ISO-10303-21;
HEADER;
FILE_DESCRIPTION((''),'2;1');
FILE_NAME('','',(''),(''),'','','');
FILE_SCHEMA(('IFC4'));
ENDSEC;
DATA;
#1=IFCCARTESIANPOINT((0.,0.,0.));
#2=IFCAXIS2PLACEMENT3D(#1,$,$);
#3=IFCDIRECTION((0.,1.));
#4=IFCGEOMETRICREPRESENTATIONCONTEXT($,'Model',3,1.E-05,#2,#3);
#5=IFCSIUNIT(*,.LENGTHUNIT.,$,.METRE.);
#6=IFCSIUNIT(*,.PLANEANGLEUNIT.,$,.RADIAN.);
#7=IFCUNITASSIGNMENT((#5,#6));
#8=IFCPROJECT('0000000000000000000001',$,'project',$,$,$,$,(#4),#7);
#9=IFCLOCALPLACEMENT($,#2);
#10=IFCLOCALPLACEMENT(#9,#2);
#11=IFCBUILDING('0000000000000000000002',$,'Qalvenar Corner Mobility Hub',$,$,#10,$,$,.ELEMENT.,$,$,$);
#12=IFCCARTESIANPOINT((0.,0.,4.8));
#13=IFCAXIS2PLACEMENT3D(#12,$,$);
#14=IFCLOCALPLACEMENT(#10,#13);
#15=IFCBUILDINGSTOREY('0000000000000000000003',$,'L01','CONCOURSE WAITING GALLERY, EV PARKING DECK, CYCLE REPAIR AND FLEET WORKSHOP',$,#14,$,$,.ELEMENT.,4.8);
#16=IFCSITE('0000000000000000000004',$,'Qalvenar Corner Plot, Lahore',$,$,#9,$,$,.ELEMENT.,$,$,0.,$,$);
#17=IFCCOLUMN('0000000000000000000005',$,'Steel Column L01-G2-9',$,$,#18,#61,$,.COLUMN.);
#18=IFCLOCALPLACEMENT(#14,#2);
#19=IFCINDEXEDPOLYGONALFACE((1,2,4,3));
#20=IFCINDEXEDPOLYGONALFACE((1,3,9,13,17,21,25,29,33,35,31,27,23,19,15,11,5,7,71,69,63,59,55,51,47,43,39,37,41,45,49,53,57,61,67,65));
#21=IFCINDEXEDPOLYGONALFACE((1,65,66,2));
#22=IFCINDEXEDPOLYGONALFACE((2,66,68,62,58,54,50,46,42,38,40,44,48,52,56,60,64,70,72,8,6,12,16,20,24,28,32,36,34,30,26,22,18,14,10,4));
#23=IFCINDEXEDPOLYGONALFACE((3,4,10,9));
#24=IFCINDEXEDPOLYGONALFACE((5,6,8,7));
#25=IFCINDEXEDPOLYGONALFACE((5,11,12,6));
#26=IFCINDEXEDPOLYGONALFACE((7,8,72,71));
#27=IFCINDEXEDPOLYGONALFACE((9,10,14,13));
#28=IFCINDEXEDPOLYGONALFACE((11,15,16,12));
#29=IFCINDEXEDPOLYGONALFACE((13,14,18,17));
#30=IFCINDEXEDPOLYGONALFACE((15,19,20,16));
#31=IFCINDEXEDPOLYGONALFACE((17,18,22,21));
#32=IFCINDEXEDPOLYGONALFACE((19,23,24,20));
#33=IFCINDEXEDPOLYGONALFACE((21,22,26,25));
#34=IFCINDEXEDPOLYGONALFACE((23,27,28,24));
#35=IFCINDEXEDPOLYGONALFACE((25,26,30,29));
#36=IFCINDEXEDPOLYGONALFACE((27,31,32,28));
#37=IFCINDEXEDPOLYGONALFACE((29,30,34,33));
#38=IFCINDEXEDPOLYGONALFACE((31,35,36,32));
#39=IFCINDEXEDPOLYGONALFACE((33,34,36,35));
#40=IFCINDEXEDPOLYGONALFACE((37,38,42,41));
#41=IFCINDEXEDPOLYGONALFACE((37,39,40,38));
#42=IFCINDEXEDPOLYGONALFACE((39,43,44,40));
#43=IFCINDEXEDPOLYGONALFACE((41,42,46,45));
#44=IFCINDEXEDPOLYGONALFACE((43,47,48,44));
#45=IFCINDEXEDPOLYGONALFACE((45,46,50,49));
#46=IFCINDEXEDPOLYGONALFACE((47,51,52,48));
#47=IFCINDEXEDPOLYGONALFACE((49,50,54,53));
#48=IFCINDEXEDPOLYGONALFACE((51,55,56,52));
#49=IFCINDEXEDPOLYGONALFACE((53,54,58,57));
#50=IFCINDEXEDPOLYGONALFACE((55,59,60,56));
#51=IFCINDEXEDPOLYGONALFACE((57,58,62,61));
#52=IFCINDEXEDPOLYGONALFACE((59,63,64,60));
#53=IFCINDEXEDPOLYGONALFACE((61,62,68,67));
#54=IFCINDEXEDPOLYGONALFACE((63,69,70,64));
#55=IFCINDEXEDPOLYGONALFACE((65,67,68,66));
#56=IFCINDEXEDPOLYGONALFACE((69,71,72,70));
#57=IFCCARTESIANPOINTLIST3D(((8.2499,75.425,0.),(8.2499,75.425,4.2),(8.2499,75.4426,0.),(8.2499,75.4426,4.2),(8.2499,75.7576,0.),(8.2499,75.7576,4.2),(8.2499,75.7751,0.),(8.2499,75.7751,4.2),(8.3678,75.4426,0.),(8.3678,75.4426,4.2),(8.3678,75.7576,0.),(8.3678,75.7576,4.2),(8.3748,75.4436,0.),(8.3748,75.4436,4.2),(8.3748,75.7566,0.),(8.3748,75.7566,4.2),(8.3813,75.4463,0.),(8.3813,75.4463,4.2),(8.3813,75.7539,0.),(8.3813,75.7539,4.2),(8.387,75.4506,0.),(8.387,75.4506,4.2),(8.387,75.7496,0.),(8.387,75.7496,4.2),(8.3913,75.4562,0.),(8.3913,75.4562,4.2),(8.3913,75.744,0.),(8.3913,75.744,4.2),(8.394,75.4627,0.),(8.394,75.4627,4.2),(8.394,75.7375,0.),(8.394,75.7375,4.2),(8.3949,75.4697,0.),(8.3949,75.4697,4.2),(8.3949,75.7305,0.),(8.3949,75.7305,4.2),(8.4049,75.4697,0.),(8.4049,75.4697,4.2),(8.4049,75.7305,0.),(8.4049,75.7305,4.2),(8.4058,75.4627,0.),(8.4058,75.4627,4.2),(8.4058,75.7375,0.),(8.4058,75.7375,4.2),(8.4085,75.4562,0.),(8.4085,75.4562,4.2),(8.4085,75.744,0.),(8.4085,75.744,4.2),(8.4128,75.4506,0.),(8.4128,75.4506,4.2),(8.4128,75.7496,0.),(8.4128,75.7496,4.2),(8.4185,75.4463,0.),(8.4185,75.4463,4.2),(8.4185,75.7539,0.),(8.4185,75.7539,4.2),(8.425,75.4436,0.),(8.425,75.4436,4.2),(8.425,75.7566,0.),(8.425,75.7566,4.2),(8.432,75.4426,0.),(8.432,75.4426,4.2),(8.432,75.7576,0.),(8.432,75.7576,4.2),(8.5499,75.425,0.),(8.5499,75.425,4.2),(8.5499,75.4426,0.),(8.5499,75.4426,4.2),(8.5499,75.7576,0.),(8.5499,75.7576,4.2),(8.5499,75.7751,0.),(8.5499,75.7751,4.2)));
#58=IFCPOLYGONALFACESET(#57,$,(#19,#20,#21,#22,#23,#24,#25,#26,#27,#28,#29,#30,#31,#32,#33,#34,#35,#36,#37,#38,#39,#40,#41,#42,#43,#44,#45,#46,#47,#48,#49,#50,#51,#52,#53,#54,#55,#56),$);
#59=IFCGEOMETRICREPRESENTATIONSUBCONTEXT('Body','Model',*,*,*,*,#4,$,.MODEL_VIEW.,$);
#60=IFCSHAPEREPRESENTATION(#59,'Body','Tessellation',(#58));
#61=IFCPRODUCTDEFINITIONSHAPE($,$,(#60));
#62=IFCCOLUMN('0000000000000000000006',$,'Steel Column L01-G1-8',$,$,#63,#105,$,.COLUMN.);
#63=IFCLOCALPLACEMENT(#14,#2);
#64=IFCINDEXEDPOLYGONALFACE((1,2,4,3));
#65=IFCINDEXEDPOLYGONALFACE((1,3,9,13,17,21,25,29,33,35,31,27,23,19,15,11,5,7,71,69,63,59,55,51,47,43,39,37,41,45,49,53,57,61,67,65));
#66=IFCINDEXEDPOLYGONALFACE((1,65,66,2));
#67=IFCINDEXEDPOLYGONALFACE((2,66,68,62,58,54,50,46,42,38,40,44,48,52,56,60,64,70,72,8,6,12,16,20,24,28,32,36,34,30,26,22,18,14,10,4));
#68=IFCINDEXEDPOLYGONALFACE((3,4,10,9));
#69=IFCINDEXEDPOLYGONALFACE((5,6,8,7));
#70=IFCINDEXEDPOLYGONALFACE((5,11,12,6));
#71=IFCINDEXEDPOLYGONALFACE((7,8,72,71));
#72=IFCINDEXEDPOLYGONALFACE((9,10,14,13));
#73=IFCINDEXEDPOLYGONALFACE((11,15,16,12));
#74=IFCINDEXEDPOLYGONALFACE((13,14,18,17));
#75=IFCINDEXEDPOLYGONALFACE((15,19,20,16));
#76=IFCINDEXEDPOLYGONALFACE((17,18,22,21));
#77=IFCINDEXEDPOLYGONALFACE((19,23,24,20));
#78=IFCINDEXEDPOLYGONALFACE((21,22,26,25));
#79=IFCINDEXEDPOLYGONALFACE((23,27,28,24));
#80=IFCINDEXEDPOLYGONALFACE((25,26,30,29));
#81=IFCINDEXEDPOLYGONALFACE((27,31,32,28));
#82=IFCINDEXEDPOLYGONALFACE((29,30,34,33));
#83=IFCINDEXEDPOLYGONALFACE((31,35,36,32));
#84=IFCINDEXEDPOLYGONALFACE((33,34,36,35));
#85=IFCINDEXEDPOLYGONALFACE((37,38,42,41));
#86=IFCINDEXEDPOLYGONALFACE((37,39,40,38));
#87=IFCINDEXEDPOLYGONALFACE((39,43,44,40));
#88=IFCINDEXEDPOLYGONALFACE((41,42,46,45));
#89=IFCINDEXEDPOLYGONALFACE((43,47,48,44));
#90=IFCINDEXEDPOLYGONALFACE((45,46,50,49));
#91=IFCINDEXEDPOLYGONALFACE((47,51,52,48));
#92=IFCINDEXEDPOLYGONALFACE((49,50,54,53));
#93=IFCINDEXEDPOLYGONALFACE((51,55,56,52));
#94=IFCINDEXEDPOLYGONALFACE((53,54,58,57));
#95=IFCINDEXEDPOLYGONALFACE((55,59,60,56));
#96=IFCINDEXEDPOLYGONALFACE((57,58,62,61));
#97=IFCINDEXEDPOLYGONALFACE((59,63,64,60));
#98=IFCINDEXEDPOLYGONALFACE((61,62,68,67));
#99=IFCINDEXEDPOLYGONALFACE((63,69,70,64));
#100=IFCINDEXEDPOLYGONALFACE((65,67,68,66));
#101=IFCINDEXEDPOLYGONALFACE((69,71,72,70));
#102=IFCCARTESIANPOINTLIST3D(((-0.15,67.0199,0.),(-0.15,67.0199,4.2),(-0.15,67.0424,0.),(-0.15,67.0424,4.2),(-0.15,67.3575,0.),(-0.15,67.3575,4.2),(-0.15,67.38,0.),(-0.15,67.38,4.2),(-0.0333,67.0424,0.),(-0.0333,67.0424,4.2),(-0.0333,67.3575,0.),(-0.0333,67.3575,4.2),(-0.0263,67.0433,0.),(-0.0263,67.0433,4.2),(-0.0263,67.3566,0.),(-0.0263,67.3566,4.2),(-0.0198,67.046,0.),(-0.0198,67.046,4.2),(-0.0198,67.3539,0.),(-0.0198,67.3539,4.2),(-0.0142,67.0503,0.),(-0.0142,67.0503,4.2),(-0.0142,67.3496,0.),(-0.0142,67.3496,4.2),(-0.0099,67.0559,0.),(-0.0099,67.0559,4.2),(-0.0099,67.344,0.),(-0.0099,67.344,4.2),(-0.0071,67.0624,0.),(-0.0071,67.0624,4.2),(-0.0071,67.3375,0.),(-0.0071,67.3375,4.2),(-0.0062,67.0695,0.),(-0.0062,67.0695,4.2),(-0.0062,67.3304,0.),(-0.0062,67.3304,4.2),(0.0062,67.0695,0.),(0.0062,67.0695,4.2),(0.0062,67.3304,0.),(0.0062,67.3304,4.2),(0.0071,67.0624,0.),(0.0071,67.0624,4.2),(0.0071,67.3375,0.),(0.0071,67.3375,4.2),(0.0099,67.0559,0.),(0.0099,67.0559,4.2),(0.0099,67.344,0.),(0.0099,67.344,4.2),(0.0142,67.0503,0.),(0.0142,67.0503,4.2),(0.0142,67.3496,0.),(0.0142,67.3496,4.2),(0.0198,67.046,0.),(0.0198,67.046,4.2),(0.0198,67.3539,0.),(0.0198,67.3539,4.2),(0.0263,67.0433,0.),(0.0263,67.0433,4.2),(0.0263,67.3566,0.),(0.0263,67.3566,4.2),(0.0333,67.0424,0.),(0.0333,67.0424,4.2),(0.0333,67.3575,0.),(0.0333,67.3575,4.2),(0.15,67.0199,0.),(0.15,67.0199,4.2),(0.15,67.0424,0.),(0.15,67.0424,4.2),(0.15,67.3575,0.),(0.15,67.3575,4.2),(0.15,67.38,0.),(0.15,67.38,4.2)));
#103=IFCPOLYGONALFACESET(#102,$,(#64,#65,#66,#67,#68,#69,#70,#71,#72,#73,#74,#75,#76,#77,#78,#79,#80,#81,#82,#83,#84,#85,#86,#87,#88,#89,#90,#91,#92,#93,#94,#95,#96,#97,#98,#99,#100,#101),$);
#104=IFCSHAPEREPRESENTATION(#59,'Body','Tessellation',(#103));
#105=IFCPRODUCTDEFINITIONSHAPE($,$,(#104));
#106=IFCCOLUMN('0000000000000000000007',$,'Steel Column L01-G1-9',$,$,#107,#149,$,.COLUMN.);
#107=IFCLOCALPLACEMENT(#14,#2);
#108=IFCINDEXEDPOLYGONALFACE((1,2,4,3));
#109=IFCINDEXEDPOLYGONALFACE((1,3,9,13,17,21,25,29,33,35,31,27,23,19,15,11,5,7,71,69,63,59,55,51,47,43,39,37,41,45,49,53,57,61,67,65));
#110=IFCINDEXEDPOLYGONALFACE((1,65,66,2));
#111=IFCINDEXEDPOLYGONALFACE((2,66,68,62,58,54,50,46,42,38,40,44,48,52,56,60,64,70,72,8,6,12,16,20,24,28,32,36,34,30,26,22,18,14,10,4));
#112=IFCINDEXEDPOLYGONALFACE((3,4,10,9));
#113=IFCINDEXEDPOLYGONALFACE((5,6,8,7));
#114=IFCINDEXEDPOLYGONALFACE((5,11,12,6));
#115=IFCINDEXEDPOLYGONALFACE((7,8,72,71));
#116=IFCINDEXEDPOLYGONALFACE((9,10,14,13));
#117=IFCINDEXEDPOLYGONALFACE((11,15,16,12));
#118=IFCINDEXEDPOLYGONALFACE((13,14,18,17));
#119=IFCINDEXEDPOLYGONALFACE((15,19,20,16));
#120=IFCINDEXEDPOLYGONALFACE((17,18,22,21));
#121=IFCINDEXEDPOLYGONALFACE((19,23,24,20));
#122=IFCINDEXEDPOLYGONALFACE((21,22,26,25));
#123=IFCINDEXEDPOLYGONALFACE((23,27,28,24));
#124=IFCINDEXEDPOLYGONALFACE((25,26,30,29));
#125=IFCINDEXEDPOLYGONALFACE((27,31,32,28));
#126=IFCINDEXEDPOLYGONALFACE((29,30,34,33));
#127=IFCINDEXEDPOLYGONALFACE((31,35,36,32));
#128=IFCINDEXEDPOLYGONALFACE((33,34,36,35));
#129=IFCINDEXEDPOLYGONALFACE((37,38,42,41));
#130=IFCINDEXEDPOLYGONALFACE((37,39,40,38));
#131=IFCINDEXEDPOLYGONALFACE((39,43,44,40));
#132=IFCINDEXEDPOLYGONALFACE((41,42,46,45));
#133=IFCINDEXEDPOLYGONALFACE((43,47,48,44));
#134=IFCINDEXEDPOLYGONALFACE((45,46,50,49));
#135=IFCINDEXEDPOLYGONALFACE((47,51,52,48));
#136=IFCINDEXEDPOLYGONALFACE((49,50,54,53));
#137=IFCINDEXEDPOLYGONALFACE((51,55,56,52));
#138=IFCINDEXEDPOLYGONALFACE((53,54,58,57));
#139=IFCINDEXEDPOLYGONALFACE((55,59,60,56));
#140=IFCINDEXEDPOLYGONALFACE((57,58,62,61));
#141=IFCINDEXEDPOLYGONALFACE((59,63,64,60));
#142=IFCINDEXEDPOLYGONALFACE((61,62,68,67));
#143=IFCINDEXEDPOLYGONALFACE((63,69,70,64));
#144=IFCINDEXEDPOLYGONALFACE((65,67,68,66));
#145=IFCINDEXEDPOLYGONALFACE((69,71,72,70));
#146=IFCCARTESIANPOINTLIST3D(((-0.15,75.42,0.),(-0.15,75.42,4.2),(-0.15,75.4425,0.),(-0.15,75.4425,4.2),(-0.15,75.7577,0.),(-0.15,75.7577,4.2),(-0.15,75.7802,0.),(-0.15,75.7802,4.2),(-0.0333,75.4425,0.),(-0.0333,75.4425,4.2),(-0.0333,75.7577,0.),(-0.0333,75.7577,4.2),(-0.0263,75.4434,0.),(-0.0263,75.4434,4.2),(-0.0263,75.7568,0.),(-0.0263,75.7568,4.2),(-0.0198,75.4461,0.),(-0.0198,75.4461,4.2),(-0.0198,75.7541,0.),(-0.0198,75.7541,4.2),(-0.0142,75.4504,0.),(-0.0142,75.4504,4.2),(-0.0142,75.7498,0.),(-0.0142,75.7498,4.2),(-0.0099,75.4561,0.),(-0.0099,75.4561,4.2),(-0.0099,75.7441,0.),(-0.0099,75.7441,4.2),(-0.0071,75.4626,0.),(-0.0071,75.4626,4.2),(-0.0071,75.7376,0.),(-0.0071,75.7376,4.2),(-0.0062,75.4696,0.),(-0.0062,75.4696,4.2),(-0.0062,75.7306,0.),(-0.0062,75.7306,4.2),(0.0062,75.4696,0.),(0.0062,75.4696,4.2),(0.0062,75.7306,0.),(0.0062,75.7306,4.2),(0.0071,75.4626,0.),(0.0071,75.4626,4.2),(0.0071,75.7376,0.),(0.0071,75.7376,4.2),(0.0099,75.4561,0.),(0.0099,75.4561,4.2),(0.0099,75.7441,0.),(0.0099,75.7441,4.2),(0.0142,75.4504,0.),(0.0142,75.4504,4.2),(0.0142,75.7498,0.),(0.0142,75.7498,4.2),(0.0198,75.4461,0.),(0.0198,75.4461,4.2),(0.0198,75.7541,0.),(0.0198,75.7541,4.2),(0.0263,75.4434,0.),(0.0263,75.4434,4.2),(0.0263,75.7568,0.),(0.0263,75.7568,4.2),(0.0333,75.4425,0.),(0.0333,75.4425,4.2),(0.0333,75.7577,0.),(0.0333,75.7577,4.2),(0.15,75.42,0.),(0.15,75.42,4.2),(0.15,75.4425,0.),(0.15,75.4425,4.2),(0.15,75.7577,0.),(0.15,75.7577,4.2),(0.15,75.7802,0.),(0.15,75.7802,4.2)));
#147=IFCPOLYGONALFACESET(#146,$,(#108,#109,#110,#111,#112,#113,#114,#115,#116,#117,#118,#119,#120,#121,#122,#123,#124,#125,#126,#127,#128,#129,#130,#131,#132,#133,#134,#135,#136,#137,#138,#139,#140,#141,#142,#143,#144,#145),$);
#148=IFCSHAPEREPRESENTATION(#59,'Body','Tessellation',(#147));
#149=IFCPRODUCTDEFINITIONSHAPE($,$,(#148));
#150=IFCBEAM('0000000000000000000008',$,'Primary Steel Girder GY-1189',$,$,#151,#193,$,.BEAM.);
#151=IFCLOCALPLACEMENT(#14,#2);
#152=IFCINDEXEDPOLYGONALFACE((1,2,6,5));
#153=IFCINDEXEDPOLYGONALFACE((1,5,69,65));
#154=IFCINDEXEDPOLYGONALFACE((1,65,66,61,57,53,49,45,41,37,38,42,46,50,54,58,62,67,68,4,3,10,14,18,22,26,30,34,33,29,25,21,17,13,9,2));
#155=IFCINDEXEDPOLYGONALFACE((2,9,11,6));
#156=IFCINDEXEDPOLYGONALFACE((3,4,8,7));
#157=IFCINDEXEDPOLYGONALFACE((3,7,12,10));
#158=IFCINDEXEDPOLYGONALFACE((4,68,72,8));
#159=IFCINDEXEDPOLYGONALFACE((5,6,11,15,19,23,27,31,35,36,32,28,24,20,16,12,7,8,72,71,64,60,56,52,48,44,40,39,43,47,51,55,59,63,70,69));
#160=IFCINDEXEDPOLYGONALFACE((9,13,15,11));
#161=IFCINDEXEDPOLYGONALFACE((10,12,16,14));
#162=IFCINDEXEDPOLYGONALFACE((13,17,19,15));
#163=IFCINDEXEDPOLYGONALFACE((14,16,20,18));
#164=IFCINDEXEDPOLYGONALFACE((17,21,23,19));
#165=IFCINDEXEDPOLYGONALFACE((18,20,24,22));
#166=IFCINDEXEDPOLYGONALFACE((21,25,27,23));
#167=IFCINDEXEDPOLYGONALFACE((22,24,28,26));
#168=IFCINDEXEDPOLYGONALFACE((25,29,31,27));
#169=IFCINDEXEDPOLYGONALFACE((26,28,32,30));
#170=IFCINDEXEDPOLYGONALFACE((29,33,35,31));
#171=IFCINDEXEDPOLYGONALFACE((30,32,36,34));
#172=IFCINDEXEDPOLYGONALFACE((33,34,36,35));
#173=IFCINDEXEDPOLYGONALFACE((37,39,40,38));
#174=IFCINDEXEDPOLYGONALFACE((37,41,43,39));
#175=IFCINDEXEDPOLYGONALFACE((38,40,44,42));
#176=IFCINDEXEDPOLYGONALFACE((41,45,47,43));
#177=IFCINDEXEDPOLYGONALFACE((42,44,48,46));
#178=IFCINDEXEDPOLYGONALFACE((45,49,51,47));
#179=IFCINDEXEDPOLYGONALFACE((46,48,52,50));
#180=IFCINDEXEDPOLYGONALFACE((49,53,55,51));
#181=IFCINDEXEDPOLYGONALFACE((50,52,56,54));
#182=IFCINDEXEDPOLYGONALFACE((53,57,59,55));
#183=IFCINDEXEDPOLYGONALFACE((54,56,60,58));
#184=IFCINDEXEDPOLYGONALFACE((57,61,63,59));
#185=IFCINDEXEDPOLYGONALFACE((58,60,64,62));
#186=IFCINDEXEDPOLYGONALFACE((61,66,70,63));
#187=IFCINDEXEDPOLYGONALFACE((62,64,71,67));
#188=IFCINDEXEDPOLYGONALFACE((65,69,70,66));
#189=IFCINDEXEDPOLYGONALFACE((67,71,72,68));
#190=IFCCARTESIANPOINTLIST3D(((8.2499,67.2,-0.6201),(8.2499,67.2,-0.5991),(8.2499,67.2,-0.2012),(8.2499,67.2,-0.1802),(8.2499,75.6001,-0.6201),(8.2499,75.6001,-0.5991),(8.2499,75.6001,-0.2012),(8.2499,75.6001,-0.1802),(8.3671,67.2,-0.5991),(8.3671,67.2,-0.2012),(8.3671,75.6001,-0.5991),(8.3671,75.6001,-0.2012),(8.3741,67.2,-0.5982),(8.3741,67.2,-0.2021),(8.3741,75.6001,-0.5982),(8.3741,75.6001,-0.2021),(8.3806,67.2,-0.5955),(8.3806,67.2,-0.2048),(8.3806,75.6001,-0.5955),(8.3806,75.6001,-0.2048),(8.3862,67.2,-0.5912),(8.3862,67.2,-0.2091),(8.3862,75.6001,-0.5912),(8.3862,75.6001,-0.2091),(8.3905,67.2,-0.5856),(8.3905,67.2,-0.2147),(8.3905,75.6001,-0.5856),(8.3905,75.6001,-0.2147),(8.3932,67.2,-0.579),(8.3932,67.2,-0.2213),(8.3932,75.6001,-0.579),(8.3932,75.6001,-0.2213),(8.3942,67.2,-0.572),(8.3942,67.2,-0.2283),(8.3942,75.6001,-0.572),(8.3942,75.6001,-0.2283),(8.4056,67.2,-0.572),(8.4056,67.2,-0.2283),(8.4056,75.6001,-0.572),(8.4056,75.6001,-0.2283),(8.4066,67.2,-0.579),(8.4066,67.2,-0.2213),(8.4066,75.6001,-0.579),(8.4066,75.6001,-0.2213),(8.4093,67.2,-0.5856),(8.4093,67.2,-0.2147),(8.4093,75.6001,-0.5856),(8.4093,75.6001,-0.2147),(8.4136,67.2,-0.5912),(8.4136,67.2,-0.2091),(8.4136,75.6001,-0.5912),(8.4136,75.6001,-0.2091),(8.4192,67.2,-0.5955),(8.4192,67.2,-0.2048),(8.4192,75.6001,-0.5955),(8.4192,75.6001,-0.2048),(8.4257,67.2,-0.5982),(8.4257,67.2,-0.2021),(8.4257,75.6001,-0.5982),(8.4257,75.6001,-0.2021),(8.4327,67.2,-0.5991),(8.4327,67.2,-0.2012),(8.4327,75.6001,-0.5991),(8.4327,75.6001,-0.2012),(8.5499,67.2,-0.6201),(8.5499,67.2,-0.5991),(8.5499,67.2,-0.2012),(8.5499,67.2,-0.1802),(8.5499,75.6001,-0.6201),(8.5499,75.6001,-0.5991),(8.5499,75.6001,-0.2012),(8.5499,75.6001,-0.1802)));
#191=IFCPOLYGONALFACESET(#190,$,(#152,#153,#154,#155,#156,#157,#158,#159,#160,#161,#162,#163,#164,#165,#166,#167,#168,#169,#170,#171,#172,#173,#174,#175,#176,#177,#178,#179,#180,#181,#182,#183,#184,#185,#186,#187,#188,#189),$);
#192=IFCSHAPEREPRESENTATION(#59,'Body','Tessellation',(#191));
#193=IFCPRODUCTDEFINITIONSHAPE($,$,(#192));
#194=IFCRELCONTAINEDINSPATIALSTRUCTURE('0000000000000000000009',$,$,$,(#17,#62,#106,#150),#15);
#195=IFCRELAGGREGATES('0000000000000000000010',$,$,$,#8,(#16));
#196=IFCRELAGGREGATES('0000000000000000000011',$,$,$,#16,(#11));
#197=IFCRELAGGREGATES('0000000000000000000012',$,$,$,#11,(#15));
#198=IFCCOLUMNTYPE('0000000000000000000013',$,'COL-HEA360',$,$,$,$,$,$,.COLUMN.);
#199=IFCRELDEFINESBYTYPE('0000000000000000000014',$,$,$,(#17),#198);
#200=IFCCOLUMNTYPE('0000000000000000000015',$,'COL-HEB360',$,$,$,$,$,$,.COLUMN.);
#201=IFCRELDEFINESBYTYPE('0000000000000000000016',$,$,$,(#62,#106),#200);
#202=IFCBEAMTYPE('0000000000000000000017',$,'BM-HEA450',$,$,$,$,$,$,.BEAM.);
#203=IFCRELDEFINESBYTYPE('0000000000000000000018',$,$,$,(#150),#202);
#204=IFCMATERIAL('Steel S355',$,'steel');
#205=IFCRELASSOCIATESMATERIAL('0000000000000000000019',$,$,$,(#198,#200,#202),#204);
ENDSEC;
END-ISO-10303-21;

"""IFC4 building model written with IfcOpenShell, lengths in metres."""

from ifc_helpers import new_model, si_unit, direction, frame, origin, origin_2d, place, context, subcontext, project, spatial, i_section, extrude, material, material_profile, profile_set, type_object, element, save


model = new_model("IFC4")

# Units and contexts
model_context = context("Model", 3, precision=1e-05, world=origin(), true_north=direction((0.0, 1.0)))
body_context = subcontext(model_context, "Body", "Model", "MODEL_VIEW")
ifc_project = project(units=[si_unit("LENGTHUNIT", "METRE"), si_unit("PLANEANGLEUNIT", "RADIAN")], contexts=[model_context])

# Site, building, storey
site_placement = place(None, origin())
site = spatial("IfcSite", under=ifc_project, at=site_placement, Name="Qalvenar Corner Plot, Lahore", CompositionType="ELEMENT", RefElevation=0.0)
building_placement = place(site_placement, origin())
building = spatial("IfcBuilding", under=site, at=building_placement, Name="Qalvenar Corner Mobility Hub", CompositionType="ELEMENT")
storey_placement = place(building_placement, frame((0.0, 0.0, 4.8)))
storey = spatial("IfcBuildingStorey", under=building, at=storey_placement, Name="L01", Description="CONCOURSE WAITING GALLERY, EV PARKING DECK, CYCLE REPAIR AND FLEET WORKSHOP", CompositionType="ELEMENT", Elevation=4.8)

# Columns
ifc_material_1 = material(Name="Steel S355", Category="steel")
ifc_material_profile_1 = material_profile(ifc_material_1, i_section(OverallWidth=0.3, OverallDepth=0.3501, WebThickness=0.01, FlangeThickness=0.0176, FilletRadius=0.0271, at=origin_2d()), Name="HEA360")
ifc_profile_set_1 = profile_set([ifc_material_profile_1], Name="Steel S355")
column_type_1 = type_object("IfcColumnType", Name="COL-HEA360", PredefinedType="COLUMN", material=ifc_profile_set_1)
column_placement = place(storey_placement, frame((8.3999, 75.6001, 0.0), z_axis=(0.0, 0.0, 1.0), x_axis=(1.0, 0.0, 0.0)))
element("IfcColumn", 1, at=column_placement, inside=storey, type_object=column_type_1, Name="Steel Column L01-G2-9", PredefinedType="COLUMN", context=body_context, shape_type="SweptSolid", body=[
    extrude(i_section(OverallWidth=0.3, OverallDepth=0.3501, WebThickness=0.01, FlangeThickness=0.0176, FilletRadius=0.0271, at=origin_2d()), origin(), (0.0, 0.0, 1.0), 4.2),
])
ifc_material_profile_2 = material_profile(ifc_material_1, i_section(OverallWidth=0.3, OverallDepth=0.3601, WebThickness=0.0125, FlangeThickness=0.0225, FilletRadius=0.0271, at=origin_2d()), Name="HEB360")
ifc_profile_set_2 = profile_set([ifc_material_profile_2], Name="Steel S355")
column_type_2 = type_object("IfcColumnType", Name="COL-HEB360", PredefinedType="COLUMN", material=ifc_profile_set_2)
for number, where, z_axis, x_axis, name in (
    (2, (0.0, 67.2, 0.0), (0.0, 0.0, 1.0), (1.0, 0.0, 0.0), "Steel Column L01-G1-8"),
    (3, (0.0, 75.6001, 0.0), (0.0, 0.0, 1.0), (1.0, 0.0, 0.0), "Steel Column L01-G1-9"),
):
    element("IfcColumn", number, at=place(storey_placement, frame(where, z_axis=z_axis, x_axis=x_axis)), inside=storey, type_object=column_type_2, Name=name, PredefinedType="COLUMN", context=body_context, shape_type="SweptSolid", body=[
        extrude(i_section(OverallWidth=0.3, OverallDepth=0.3601, WebThickness=0.0125, FlangeThickness=0.0225, FilletRadius=0.0271, at=origin_2d()), origin(), (0.0, 0.0, 1.0), 4.2),
    ])

# Beam
ifc_material_profile_3 = material_profile(ifc_material_1, i_section(OverallWidth=0.3, OverallDepth=0.4399, WebThickness=0.0115, FlangeThickness=0.021, FilletRadius=0.0271, at=origin_2d()), Name="HEA450")
ifc_profile_set_3 = profile_set([ifc_material_profile_3], Name="Steel S355")
beam_type_1 = type_object("IfcBeamType", Name="BM-HEA450", PredefinedType="BEAM", material=ifc_profile_set_3)
beam_1_placement = place(storey_placement, frame((8.3999, 67.2, -0.4001), z_axis=(0.0, 1.0, 0.0), x_axis=(-1.0, 0.0, 0.0)))
element("IfcBeam", 4, at=beam_1_placement, inside=storey, type_object=beam_type_1, Name="Primary Steel Girder GY-1189", PredefinedType="BEAM", context=body_context, shape_type="SweptSolid", body=[
    extrude(i_section(OverallWidth=0.3, OverallDepth=0.4399, WebThickness=0.0115, FlangeThickness=0.021, FilletRadius=0.0271, at=origin_2d()), origin(), (0.0, 0.0, 1.0), 8.4001),
])

save(model, "model.ifc")
